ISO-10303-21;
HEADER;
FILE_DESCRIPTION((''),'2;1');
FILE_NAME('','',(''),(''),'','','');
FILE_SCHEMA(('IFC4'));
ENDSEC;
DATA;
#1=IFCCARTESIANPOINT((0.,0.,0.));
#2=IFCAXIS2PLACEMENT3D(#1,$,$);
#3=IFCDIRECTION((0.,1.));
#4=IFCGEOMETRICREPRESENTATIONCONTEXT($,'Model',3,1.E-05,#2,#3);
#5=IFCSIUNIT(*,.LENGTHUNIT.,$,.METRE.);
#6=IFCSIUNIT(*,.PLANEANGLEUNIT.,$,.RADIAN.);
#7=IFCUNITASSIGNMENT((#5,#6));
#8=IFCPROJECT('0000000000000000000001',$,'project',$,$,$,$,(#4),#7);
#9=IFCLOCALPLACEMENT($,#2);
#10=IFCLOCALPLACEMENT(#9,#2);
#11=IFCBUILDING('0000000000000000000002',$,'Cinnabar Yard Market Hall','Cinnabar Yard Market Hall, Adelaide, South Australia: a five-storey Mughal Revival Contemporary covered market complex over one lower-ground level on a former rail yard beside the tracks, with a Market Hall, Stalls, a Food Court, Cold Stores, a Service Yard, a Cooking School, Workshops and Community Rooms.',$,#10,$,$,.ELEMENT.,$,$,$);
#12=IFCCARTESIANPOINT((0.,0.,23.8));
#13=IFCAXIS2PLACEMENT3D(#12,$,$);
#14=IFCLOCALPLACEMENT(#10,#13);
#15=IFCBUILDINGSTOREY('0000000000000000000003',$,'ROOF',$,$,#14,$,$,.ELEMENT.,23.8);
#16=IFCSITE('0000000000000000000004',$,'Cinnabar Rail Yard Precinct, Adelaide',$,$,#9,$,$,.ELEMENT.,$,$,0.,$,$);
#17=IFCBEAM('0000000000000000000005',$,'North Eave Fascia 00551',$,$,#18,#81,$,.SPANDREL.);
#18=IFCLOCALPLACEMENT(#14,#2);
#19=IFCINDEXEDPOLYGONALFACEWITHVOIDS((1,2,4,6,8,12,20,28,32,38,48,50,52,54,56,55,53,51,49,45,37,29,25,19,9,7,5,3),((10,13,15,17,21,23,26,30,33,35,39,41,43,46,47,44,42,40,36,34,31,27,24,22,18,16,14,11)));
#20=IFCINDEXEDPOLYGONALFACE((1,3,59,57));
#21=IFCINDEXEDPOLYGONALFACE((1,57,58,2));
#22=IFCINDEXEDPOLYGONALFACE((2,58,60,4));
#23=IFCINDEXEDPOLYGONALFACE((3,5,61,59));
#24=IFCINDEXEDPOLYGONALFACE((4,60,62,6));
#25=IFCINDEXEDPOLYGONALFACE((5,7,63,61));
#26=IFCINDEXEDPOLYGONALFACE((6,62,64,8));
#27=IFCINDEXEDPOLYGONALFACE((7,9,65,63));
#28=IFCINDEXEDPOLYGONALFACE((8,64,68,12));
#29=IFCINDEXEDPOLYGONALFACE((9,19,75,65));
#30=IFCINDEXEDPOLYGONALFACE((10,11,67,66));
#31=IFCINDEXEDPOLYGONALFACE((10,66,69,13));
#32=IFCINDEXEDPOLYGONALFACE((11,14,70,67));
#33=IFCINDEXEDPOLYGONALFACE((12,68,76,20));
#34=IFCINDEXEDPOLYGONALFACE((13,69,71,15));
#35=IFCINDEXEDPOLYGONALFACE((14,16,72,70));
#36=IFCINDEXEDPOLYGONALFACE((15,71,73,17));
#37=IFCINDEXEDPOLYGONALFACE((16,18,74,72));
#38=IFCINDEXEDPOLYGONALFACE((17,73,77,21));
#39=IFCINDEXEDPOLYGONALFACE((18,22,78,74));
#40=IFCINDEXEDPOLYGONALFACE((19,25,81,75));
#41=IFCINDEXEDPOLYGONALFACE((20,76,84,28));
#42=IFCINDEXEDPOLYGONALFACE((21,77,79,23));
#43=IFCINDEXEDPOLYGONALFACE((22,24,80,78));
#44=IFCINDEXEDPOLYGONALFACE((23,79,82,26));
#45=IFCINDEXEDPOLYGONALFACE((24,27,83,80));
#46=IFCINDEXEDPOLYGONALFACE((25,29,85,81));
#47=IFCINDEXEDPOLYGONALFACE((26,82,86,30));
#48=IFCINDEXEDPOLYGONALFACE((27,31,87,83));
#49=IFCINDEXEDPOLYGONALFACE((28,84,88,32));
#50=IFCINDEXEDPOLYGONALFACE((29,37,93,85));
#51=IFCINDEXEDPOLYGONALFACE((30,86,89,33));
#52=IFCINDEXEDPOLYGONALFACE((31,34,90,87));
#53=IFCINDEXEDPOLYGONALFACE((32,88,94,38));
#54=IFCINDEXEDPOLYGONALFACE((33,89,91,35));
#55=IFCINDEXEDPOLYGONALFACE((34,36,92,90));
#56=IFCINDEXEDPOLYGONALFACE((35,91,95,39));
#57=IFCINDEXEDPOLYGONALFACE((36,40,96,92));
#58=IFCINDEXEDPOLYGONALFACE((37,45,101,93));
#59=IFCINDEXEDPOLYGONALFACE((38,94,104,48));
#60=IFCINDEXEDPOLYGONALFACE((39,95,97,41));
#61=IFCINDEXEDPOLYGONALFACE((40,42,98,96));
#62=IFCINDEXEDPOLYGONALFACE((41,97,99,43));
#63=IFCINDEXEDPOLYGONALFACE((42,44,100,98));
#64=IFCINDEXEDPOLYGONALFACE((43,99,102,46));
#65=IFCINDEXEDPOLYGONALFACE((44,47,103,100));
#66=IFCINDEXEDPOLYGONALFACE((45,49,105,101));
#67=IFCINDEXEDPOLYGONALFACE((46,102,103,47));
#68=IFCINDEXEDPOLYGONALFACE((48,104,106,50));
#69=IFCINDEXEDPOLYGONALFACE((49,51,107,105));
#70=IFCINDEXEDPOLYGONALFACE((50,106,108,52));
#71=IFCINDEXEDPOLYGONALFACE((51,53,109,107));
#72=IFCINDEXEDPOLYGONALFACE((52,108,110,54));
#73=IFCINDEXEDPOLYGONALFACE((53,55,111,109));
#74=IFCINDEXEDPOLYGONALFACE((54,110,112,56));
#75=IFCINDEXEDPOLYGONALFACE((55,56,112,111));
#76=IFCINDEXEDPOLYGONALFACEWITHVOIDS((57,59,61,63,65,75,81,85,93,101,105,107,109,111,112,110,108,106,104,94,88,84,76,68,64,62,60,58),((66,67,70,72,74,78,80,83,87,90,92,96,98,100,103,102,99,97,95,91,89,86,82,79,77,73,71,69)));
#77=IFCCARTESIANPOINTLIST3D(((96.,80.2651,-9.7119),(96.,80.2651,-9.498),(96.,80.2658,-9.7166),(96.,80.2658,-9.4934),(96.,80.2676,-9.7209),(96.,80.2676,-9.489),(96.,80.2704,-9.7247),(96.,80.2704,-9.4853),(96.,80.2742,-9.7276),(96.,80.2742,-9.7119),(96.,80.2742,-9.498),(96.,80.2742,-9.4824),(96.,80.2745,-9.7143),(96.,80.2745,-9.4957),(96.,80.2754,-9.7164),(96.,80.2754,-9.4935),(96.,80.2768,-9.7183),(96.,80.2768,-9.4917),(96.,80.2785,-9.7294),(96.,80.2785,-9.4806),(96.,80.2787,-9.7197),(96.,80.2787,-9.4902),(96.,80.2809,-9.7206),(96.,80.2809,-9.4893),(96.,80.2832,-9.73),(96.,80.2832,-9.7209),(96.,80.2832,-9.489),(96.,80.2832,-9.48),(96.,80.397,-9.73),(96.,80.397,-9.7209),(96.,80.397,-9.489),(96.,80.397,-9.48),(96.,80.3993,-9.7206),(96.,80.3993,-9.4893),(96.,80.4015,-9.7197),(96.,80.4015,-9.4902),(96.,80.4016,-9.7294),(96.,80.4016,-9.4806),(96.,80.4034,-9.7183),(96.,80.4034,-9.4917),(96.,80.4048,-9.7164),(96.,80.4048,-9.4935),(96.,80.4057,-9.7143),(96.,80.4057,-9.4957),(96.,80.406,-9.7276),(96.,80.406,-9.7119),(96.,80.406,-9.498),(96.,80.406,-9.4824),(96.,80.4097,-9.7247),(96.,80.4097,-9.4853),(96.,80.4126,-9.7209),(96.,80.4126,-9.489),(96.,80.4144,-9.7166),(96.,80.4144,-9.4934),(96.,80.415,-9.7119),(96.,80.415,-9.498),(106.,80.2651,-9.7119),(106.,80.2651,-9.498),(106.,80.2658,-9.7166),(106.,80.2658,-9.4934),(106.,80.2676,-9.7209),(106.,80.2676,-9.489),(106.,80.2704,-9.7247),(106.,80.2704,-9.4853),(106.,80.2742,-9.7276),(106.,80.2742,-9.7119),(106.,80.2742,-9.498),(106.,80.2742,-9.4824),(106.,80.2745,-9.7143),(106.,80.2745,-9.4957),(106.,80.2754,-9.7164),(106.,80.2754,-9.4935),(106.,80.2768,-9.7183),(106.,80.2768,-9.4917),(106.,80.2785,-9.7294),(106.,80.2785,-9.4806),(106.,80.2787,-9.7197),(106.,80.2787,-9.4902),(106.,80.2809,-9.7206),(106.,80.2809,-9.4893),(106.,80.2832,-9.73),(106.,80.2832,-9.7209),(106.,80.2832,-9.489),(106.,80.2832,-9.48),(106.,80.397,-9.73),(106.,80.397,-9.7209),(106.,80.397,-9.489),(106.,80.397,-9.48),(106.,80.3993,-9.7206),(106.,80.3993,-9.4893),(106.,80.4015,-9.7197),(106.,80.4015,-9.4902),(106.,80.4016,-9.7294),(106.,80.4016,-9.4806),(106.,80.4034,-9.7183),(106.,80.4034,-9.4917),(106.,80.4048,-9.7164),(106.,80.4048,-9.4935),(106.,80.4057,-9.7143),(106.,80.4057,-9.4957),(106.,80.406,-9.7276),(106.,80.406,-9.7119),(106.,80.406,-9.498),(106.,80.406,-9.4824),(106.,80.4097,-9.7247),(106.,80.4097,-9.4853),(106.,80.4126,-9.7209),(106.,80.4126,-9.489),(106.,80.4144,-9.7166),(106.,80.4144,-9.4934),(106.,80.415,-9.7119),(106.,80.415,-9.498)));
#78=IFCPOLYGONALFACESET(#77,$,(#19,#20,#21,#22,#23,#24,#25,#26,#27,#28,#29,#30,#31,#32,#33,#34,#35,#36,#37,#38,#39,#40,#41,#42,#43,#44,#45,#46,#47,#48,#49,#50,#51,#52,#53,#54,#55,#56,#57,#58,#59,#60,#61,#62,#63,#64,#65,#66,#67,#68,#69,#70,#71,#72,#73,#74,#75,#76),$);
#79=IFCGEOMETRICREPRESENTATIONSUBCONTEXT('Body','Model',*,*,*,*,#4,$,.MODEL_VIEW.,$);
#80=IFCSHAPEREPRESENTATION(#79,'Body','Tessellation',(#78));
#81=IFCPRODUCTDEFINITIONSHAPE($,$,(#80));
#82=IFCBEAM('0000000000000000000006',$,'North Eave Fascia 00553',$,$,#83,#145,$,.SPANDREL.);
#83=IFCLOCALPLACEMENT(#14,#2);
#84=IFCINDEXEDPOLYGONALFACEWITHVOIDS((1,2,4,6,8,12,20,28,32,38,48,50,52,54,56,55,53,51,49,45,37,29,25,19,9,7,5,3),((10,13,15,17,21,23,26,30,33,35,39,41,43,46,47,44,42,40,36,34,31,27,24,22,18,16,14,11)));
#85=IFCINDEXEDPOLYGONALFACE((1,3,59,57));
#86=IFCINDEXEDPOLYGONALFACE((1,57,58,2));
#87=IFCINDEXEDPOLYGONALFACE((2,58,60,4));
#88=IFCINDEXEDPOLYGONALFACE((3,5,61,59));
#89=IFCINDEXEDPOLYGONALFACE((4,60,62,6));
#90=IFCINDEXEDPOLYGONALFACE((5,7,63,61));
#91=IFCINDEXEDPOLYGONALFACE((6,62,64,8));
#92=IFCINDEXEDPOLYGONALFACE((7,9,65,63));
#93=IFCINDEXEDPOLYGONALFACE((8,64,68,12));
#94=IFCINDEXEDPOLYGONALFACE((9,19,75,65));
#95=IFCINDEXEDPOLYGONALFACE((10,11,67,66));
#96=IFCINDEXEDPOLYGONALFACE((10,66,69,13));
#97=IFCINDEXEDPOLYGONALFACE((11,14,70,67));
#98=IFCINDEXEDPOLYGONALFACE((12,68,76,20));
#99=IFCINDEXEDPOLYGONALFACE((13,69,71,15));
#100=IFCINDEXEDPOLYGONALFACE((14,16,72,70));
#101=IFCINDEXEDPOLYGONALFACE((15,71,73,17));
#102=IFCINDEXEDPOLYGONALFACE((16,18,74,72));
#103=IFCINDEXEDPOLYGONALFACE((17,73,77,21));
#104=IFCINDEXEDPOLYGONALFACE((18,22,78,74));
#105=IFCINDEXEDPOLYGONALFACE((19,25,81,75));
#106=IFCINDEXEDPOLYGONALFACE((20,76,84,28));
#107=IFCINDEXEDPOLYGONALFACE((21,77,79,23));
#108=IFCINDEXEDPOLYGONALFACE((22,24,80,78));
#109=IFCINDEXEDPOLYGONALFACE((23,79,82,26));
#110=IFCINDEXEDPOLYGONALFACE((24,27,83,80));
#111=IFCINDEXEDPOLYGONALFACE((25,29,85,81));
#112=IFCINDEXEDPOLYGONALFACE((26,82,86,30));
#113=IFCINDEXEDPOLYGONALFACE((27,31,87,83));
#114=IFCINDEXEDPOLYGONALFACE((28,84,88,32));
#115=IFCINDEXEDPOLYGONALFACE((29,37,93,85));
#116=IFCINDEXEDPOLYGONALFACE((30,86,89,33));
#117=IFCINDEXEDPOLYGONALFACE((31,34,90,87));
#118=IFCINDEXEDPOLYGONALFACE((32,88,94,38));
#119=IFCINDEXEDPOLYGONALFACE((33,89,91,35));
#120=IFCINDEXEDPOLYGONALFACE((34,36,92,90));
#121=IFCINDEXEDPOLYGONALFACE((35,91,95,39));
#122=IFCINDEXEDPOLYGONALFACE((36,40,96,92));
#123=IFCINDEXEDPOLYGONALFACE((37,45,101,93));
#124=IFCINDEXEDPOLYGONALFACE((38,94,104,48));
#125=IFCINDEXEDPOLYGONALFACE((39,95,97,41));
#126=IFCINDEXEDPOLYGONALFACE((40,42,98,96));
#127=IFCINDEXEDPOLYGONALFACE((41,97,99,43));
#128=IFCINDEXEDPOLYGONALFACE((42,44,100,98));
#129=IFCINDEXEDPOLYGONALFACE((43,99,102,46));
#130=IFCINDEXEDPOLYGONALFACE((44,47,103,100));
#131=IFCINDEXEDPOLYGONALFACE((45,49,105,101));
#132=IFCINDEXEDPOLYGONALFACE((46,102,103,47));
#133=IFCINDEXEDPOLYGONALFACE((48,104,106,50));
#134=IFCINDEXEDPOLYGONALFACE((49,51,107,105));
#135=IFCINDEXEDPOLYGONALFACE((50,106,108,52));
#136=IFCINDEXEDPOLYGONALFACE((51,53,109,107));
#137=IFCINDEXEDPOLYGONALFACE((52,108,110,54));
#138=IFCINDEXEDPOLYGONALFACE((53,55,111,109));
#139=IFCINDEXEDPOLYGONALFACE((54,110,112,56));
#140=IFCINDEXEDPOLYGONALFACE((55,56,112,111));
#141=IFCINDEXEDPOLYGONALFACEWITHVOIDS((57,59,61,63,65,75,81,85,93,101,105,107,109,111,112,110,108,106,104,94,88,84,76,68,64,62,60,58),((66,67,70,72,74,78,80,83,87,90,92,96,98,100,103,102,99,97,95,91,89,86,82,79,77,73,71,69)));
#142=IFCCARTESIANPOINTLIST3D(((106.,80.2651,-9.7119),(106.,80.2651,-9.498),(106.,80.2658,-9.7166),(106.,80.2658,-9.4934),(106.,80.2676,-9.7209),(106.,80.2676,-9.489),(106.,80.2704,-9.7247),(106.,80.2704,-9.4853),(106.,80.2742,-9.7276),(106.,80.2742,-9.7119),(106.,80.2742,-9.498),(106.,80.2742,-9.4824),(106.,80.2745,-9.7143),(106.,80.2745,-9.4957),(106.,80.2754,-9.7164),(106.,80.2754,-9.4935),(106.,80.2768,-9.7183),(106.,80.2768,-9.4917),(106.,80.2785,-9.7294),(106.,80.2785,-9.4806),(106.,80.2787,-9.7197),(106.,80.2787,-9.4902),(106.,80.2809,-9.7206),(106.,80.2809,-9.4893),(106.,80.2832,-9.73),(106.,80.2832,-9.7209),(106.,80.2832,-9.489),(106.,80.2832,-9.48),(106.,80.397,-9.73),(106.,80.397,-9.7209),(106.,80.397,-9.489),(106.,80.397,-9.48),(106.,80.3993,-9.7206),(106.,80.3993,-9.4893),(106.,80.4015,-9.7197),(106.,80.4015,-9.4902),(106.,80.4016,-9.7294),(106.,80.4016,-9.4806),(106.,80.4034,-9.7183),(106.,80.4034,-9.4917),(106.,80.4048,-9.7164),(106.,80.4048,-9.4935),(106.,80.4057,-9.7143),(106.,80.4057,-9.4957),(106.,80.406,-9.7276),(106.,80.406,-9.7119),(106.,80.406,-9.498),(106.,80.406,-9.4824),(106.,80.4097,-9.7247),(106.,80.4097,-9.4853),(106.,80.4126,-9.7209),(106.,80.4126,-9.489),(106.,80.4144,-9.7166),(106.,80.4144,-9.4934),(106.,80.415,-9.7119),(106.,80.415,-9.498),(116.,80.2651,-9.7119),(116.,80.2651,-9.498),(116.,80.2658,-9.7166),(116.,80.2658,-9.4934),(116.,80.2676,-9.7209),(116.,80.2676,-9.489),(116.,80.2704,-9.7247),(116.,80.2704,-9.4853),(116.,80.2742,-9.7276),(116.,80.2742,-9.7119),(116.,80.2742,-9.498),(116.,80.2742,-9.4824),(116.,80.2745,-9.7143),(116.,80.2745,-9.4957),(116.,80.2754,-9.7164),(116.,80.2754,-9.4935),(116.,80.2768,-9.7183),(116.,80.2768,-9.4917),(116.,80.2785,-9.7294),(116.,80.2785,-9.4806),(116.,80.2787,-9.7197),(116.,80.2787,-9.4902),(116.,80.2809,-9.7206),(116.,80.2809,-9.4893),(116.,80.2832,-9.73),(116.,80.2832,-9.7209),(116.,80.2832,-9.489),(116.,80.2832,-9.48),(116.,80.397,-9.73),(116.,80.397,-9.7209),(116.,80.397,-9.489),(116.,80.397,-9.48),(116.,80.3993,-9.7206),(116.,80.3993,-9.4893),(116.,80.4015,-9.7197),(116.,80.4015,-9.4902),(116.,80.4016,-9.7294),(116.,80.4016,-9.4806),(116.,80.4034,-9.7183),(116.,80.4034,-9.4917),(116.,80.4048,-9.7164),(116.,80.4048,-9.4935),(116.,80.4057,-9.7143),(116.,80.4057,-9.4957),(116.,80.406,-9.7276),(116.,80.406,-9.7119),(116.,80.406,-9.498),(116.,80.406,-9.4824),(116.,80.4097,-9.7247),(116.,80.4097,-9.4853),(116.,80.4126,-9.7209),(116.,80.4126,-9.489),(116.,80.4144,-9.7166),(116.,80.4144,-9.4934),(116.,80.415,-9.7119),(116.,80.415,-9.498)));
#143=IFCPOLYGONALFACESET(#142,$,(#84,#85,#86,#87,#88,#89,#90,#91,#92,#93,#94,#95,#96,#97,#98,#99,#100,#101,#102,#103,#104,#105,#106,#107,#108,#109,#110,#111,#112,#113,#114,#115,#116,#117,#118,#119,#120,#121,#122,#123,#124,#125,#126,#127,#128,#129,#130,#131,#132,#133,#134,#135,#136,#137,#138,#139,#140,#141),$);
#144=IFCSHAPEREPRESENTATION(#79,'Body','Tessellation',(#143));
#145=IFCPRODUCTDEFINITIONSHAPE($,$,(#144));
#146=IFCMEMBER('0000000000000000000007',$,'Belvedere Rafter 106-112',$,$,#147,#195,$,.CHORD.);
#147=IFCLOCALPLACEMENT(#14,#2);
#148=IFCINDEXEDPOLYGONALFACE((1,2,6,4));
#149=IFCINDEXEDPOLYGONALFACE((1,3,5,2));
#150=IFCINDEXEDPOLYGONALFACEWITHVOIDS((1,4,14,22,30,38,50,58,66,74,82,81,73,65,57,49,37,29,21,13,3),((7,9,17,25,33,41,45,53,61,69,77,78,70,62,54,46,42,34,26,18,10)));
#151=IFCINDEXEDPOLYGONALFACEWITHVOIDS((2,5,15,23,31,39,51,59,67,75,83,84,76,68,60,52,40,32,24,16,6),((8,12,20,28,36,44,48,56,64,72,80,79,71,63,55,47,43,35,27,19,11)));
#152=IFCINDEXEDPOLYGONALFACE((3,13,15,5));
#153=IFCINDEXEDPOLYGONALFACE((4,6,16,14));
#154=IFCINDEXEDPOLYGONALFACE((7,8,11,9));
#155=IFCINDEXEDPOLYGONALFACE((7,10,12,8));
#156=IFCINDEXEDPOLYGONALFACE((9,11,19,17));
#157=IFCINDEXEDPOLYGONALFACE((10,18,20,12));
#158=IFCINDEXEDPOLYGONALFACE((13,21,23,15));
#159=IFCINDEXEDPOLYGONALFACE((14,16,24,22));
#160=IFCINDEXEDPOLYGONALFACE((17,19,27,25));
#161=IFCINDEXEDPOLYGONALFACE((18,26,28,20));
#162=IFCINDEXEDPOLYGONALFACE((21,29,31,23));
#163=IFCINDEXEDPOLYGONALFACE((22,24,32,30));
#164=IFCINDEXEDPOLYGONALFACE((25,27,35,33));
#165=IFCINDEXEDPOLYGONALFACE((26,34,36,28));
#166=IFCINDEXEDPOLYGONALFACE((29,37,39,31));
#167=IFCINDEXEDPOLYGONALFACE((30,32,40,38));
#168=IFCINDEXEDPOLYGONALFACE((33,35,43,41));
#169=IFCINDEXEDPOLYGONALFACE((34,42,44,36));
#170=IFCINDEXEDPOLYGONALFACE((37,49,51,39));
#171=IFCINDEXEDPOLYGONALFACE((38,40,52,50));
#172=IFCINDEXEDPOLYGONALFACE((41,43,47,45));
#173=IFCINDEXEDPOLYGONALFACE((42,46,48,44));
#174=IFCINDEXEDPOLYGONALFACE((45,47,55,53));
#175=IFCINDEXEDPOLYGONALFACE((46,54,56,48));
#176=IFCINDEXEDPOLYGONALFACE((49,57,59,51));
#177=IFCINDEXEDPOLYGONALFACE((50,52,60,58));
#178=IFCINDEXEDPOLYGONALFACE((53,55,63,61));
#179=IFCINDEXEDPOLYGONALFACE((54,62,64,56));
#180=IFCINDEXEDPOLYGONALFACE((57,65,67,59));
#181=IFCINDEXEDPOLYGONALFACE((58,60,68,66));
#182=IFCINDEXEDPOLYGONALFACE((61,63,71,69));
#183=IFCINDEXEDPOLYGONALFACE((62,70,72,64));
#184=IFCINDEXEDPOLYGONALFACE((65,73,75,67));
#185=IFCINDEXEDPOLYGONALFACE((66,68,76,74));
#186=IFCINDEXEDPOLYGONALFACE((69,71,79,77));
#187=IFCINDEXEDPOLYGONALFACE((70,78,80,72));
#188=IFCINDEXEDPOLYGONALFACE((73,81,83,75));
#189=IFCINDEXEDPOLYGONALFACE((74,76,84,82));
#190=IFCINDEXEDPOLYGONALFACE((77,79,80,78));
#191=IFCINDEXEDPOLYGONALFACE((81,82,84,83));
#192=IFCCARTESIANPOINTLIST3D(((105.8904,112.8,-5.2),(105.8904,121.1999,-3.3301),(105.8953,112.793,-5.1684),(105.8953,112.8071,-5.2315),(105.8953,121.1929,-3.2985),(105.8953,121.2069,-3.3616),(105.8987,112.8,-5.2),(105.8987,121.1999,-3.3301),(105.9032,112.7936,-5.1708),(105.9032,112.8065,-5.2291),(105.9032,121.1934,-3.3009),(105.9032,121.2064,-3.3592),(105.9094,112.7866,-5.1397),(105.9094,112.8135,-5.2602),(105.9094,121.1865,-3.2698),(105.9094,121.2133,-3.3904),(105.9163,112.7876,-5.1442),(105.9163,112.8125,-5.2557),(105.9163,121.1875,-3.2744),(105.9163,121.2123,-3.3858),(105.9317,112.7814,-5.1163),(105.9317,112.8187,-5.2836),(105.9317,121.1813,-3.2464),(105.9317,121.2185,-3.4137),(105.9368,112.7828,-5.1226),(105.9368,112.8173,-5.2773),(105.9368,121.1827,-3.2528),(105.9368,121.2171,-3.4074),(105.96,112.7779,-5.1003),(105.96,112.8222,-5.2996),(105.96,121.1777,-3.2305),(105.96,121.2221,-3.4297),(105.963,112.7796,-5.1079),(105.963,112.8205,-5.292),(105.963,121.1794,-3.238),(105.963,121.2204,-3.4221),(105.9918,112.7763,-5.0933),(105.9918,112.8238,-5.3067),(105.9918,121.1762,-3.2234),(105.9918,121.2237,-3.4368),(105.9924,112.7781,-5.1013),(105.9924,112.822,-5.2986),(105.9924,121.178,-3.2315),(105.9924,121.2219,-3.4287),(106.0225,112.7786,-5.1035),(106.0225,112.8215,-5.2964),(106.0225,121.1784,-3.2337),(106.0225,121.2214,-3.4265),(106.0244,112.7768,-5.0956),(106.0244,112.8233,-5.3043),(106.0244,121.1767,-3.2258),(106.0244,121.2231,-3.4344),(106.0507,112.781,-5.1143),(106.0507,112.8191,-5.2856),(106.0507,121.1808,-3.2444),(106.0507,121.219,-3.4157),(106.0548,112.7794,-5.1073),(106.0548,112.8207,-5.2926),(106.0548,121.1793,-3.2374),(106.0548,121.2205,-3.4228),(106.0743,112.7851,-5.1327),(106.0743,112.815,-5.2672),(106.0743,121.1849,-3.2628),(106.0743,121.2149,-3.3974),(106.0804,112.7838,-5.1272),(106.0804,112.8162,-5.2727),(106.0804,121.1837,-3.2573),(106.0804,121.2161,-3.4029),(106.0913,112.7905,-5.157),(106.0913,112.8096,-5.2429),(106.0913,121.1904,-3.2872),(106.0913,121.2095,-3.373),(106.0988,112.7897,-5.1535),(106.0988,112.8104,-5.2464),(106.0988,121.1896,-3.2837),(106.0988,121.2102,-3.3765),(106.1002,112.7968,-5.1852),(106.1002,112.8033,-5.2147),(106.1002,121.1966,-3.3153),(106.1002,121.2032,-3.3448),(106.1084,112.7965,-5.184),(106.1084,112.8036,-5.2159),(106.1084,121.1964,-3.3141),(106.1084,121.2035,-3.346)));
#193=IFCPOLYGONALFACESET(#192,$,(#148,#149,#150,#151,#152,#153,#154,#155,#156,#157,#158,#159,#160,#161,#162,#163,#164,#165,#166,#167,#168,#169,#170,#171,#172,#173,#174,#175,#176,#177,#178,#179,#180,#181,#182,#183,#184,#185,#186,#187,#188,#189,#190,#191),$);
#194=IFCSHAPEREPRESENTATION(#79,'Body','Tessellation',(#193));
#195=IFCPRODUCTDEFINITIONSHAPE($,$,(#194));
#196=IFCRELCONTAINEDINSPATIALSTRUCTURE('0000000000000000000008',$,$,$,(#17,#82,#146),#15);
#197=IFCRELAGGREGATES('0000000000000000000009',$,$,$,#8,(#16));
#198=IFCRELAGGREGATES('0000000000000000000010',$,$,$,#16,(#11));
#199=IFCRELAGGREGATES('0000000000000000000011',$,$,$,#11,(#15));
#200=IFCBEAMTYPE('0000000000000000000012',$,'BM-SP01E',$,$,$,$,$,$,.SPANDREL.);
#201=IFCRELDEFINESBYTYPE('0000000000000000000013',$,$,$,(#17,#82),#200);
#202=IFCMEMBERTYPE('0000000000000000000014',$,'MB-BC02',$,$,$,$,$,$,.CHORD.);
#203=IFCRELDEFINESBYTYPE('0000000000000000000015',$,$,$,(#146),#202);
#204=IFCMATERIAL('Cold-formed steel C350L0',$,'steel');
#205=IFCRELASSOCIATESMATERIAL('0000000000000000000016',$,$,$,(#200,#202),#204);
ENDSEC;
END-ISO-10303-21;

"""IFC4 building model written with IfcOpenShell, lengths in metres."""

from ifc_helpers import new_model, si_unit, direction, frame, origin, origin_2d_with_axis, place, context, subcontext, project, spatial, hollow_rectangle, hollow_circle, extrude, material, material_profile, profile_set, type_object, element, save


model = new_model("IFC4")

# Units and contexts
model_context = context("Model", 3, precision=1e-05, world=origin(), true_north=direction((0.0, 1.0)))
body_context = subcontext(model_context, "Body", "Model", "MODEL_VIEW")
ifc_project = project(units=[si_unit("LENGTHUNIT", "METRE"), si_unit("PLANEANGLEUNIT", "RADIAN")], contexts=[model_context])

# Site, building, storey
site_placement = place(None, origin())
site = spatial("IfcSite", under=ifc_project, at=site_placement, Name="Cinnabar Rail Yard Precinct, Adelaide", CompositionType="ELEMENT", RefElevation=0.0)
building_placement = place(site_placement, origin())
building = spatial("IfcBuilding", under=site, at=building_placement, Name="Cinnabar Yard Market Hall", Description="Cinnabar Yard Market Hall, Adelaide, South Australia: a five-storey Mughal Revival Contemporary covered market complex over one lower-ground level on a former rail yard beside the tracks, with a Market Hall, Stalls, a Food Court, Cold Stores, a Service Yard, a Cooking School, Workshops and Community Rooms.", CompositionType="ELEMENT")
storey_placement = place(building_placement, frame((0.0, 0.0, 23.8)))
storey = spatial("IfcBuildingStorey", under=building, at=storey_placement, Name="ROOF", CompositionType="ELEMENT", Elevation=23.8)

# Beams
ifc_material_1 = material(Name="Cold-formed steel C350L0", Category="steel")
ifc_material_profile_1 = material_profile(ifc_material_1, hollow_rectangle(XDim=0.1499, YDim=0.25, WallThickness=0.009, InnerFilletRadius=0.009, OuterFilletRadius=0.0181, at=origin_2d_with_axis()), Name="250x150x9.0RHS")
ifc_profile_set_1 = profile_set([ifc_material_profile_1], Name="Cold-formed steel C350L0")
beam_type_1 = type_object("IfcBeamType", Name="BM-SP01E", PredefinedType="SPANDREL", material=ifc_profile_set_1)
for number, where, z_axis, x_axis, name in (
    (1, (96.0, 80.3401, -9.605), (1.0, 0.0, 0.0), (0.0, 1.0, 0.0), "North Eave Fascia 00551"),
    (2, (106.0, 80.3401, -9.605), (1.0, 0.0, 0.0), (0.0, 1.0, 0.0), "North Eave Fascia 00553"),
):
    element("IfcBeam", number, at=place(storey_placement, frame(where, z_axis=z_axis, x_axis=x_axis)), inside=storey, type_object=beam_type_1, Name=name, PredefinedType="SPANDREL", context=body_context, shape_type="SweptSolid", body=[
        extrude(hollow_rectangle(XDim=0.1499, YDim=0.25, WallThickness=0.009, InnerFilletRadius=0.009, OuterFilletRadius=0.0181, at=origin_2d_with_axis()), origin(), (0.0, 0.0, 1.0), 10.0),
    ])

# Member
ifc_material_profile_2 = material_profile(ifc_material_1, hollow_circle(Radius=0.1096, WallThickness=0.0083, at=origin_2d_with_axis()), Name="219.1x8.2CHS")
ifc_profile_set_2 = profile_set([ifc_material_profile_2], Name="Cold-formed steel C350L0")
member_type_1 = type_object("IfcMemberType", Name="MB-BC02", PredefinedType="CHORD", material=ifc_profile_set_2)
member_1_placement = place(storey_placement, frame((106.0, 112.8, -5.2), z_axis=(0.0, 0.976108, 0.217288), x_axis=(-1.0, 0.0, 0.0)))
element("IfcMember", 3, at=member_1_placement, inside=storey, type_object=member_type_1, Name="Belvedere Rafter 106-112", PredefinedType="CHORD", context=body_context, shape_type="SweptSolid", body=[
    extrude(hollow_circle(Radius=0.1096, WallThickness=0.0083, at=origin_2d_with_axis()), origin(), (0.0, 0.0, 1.0), 8.6055),
])

save(model, "model.ifc")
